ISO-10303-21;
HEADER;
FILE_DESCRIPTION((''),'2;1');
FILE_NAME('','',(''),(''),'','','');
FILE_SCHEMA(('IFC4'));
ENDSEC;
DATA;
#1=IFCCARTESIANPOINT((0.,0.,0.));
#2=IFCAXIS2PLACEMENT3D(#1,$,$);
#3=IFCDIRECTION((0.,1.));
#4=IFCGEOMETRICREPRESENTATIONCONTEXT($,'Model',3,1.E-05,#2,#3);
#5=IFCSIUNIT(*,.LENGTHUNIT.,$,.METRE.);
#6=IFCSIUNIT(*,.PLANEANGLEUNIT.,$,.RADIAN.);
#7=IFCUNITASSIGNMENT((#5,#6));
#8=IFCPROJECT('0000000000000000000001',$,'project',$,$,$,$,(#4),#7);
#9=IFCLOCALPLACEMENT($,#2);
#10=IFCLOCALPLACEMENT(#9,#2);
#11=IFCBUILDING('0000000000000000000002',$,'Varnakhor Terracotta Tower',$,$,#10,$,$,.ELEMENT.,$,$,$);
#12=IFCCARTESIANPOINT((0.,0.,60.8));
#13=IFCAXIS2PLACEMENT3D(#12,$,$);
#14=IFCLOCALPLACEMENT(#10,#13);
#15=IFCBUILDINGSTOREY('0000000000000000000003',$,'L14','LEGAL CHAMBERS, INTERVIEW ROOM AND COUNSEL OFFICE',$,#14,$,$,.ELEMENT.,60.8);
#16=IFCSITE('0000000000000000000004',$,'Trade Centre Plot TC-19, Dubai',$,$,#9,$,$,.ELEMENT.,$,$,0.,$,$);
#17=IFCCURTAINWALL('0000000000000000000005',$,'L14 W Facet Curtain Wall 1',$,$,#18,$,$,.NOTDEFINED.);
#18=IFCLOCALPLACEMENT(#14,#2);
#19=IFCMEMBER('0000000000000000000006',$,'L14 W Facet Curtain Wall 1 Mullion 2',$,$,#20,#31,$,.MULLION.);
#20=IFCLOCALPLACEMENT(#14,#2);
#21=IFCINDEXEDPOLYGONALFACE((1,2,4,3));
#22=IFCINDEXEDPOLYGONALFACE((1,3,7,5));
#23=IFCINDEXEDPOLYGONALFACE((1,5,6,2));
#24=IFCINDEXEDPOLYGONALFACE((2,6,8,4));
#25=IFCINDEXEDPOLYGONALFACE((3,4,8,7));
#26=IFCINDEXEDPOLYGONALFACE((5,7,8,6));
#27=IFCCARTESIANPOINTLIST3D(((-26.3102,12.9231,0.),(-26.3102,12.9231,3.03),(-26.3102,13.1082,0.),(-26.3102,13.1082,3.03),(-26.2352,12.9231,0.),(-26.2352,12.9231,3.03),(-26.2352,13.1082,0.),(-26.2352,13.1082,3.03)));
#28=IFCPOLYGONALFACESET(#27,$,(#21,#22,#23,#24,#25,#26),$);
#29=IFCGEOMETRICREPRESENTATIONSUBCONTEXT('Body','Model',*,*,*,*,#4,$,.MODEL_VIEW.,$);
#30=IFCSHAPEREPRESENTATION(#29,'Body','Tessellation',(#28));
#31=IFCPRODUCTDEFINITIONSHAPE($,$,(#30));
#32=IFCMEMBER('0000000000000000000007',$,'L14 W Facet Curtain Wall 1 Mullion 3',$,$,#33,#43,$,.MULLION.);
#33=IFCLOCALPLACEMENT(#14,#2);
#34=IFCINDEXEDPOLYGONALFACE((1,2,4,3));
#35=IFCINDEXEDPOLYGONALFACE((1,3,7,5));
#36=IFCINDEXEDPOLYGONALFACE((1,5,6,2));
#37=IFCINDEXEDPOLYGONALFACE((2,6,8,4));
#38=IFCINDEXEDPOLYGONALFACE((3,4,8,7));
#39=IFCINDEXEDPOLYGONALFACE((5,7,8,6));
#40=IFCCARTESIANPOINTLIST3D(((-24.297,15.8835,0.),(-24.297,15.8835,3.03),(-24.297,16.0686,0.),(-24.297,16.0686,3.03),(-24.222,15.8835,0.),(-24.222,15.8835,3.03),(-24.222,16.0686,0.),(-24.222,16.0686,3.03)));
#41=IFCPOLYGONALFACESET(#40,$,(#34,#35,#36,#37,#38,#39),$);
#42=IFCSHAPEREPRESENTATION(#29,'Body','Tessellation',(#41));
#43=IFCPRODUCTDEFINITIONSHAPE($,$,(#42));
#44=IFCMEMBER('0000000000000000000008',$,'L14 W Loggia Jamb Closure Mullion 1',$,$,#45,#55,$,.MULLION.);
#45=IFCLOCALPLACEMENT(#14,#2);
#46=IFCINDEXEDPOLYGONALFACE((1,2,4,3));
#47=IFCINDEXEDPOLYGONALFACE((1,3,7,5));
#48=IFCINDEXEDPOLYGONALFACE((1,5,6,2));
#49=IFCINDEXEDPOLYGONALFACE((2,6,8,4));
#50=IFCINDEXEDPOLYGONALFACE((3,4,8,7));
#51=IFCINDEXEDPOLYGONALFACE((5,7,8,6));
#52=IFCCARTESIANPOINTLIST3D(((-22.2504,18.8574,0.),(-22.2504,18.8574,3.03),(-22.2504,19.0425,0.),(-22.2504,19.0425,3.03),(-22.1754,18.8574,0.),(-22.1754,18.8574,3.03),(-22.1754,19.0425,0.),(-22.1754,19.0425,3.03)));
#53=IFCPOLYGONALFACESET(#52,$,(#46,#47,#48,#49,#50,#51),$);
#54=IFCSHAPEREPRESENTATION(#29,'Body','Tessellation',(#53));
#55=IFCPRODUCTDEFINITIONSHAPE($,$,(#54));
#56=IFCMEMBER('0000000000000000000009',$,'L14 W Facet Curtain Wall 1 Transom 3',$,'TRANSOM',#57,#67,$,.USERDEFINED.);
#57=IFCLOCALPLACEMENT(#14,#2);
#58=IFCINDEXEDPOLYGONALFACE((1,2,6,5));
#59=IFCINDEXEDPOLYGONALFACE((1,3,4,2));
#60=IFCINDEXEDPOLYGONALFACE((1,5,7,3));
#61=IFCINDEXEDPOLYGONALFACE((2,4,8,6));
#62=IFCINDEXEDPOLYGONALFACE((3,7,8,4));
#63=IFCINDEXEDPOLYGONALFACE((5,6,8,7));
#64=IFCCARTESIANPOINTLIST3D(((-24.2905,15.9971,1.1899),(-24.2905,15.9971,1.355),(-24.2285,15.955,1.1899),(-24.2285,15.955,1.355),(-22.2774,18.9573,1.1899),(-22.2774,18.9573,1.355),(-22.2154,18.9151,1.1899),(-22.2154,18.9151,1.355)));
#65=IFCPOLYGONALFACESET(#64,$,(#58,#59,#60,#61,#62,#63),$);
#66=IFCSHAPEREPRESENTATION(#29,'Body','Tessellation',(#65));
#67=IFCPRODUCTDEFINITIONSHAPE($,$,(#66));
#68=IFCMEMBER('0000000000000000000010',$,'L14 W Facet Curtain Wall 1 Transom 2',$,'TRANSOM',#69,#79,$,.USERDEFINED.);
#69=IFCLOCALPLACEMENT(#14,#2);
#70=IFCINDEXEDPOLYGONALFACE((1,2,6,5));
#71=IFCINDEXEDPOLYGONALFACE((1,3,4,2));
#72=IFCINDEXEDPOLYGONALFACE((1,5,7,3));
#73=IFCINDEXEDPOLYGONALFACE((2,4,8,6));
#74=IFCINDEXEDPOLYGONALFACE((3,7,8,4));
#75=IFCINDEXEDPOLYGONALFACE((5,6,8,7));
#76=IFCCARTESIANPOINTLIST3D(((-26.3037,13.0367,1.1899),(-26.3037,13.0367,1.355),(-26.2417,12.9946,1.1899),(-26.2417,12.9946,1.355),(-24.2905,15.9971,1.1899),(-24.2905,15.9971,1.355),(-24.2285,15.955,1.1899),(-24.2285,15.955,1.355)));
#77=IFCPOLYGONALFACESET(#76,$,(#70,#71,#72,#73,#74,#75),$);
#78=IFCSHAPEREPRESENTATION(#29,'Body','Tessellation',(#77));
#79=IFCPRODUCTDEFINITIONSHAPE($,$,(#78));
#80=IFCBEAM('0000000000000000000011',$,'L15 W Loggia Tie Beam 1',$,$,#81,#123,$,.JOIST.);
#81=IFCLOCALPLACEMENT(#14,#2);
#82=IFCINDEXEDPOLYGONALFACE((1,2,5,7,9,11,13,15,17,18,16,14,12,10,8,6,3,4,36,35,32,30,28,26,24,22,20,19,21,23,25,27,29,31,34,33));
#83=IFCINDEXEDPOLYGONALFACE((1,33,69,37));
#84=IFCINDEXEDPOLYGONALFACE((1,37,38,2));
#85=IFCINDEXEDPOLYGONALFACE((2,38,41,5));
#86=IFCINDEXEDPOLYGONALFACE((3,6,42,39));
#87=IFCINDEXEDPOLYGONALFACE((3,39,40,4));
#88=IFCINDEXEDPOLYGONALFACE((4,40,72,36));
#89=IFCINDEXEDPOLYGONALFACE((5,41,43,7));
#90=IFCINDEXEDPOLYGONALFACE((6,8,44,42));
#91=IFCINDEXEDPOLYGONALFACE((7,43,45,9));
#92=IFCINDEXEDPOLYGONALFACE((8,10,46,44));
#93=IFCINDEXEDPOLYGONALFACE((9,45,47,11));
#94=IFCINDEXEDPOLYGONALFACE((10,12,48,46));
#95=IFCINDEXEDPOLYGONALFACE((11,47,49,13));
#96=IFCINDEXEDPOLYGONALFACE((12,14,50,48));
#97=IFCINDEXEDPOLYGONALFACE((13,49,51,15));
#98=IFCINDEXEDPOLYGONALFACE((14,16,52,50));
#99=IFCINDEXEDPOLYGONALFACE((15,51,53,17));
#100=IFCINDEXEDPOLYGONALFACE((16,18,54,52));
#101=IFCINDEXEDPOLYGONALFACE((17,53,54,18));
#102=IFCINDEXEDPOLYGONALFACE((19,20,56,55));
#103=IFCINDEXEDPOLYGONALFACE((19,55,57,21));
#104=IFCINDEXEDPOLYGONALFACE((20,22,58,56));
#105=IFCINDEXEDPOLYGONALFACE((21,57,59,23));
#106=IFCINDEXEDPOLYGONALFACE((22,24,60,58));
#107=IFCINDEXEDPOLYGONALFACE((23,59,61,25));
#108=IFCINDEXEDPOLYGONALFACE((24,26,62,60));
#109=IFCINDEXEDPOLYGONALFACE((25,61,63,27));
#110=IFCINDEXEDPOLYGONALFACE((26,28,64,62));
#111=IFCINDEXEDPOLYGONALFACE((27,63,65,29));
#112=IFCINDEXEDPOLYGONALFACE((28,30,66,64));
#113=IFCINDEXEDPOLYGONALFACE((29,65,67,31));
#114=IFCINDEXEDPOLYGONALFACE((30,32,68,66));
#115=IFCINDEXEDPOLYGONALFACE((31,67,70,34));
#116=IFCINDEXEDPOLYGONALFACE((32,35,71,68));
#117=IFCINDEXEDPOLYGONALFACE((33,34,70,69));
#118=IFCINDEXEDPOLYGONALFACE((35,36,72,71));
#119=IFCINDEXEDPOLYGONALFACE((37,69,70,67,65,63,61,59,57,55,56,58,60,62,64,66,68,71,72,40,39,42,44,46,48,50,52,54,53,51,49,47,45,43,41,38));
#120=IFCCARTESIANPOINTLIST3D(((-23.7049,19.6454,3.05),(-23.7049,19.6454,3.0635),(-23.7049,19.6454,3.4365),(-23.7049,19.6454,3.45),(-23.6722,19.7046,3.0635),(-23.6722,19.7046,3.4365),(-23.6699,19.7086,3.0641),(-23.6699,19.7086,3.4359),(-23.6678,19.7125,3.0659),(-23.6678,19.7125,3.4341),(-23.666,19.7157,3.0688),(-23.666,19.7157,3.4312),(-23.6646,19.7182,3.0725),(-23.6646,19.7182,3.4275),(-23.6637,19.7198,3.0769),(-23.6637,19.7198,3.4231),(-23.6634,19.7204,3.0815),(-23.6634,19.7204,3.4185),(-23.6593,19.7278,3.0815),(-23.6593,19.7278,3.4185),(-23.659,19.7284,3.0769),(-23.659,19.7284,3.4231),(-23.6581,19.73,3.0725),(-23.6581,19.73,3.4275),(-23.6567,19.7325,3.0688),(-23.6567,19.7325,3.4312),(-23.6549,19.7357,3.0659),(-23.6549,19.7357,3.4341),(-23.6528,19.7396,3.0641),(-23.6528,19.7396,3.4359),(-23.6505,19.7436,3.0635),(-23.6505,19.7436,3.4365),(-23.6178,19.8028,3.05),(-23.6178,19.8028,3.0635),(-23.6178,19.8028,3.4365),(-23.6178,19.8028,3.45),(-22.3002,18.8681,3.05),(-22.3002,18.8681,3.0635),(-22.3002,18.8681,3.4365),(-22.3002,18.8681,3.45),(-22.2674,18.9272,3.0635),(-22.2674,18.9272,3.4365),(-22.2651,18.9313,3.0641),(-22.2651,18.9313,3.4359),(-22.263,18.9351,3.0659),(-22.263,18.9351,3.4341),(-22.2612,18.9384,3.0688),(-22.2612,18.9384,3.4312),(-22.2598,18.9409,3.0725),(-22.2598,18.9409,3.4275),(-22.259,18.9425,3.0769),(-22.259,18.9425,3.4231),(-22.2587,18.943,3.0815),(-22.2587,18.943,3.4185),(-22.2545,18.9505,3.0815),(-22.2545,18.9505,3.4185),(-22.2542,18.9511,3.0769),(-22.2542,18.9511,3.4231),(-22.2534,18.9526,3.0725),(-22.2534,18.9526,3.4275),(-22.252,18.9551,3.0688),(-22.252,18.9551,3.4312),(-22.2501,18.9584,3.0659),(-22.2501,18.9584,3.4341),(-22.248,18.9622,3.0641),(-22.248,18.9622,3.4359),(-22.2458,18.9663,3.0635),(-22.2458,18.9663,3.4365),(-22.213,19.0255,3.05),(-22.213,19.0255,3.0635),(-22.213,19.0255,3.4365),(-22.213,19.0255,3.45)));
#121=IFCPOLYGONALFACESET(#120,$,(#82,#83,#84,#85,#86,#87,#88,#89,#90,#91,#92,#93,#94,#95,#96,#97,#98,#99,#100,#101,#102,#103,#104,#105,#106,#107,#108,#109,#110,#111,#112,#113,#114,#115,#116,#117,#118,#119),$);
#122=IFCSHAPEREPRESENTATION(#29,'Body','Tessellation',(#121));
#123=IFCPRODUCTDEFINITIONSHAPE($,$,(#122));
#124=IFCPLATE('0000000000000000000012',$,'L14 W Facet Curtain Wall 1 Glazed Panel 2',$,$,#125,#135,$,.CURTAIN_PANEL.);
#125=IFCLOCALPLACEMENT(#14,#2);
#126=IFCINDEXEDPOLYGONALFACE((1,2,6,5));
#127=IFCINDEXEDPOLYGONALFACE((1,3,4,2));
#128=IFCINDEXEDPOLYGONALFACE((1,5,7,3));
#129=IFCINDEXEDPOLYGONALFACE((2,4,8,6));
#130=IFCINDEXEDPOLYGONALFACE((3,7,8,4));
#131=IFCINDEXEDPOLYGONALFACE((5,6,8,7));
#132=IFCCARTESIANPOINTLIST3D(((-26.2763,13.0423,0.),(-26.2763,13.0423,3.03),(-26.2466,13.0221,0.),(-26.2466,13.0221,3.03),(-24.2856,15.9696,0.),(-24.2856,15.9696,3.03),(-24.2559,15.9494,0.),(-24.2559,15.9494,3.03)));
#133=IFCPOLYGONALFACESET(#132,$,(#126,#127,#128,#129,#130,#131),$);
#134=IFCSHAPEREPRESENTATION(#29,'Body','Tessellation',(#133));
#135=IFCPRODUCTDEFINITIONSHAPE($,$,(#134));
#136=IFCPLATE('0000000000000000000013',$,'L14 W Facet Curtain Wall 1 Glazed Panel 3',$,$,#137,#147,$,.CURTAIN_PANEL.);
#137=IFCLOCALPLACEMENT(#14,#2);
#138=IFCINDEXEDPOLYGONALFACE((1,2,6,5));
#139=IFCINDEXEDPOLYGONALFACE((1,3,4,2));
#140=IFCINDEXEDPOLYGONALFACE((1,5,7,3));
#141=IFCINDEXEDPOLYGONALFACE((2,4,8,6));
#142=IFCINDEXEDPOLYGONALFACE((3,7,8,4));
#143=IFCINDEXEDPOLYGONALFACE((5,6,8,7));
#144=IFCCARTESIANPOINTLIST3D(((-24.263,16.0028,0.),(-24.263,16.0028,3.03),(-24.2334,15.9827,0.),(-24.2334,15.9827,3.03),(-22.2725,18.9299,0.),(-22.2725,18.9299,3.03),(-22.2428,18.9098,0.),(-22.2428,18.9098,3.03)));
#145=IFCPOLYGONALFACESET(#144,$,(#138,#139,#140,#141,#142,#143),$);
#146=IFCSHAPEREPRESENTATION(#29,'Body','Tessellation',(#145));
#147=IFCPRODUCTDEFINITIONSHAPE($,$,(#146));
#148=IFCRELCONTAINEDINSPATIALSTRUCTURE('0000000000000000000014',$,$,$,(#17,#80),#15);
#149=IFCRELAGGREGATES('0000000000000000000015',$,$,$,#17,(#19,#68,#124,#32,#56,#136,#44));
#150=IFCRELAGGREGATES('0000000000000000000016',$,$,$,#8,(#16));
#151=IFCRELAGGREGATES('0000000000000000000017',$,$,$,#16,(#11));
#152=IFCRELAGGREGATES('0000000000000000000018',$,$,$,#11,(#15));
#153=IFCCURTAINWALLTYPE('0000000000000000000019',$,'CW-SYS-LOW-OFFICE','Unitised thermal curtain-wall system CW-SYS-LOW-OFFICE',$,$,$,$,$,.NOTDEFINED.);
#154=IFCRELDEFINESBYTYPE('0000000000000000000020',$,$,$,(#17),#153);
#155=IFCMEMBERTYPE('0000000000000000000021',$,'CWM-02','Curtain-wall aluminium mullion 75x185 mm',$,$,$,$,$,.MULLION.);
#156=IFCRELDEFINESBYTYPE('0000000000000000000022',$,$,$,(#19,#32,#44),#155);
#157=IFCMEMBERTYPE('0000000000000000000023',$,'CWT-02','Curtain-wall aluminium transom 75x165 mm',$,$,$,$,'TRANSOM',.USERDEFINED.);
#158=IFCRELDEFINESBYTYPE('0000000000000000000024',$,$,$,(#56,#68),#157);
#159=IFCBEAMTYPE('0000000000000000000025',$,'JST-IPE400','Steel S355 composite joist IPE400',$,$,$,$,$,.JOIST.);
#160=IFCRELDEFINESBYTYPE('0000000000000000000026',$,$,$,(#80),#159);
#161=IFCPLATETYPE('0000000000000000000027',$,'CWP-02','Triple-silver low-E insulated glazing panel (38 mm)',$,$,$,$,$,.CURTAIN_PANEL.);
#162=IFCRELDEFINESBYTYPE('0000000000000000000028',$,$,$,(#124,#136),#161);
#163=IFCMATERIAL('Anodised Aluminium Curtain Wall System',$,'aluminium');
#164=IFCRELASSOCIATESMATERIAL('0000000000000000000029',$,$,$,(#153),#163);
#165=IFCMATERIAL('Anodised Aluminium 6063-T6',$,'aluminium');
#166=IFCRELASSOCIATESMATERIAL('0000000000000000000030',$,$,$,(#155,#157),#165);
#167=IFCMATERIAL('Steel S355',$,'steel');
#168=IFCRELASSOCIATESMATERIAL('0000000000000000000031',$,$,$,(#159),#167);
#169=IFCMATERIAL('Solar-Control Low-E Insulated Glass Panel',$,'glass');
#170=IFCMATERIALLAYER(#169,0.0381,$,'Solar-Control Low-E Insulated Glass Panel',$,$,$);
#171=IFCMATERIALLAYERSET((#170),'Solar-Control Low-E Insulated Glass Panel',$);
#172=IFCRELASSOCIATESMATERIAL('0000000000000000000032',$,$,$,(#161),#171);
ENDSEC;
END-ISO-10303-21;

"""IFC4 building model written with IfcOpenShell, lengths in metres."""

from ifc_helpers import new_model, si_unit, direction, frame, origin, origin_2d, place, context, subcontext, project, spatial, rectangle, i_section, extrude, source, transform, mapped, material, layer, layer_set, material_profile, profile_set, type_object, type_shapes, element, aggregate, save


model = new_model("IFC4")

# Units and contexts
model_context = context("Model", 3, precision=1e-05, world=origin(), true_north=direction((0.0, 1.0)))
body_context = subcontext(model_context, "Body", "Model", "MODEL_VIEW")
ifc_project = project(units=[si_unit("LENGTHUNIT", "METRE"), si_unit("PLANEANGLEUNIT", "RADIAN")], contexts=[model_context])

# Site, building, storey
site_placement = place(None, origin())
site = spatial("IfcSite", under=ifc_project, at=site_placement, Name="Trade Centre Plot TC-19, Dubai", CompositionType="ELEMENT", RefElevation=0.0)
building_placement = place(site_placement, origin())
building = spatial("IfcBuilding", under=site, at=building_placement, Name="Varnakhor Terracotta Tower", CompositionType="ELEMENT")
storey_placement = place(building_placement, frame((0.0, 0.0, 60.8)))
storey = spatial("IfcBuildingStorey", under=building, at=storey_placement, Name="L14", Description="LEGAL CHAMBERS, INTERVIEW ROOM AND COUNSEL OFFICE", CompositionType="ELEMENT", Elevation=60.8)

# Shared definitions
ifc_material_1 = material(Name="Steel S355", Category="steel")

# Curtain wall, members
ifc_material_2 = material(Name="Anodised Aluminium Curtain Wall System", Category="aluminium")
curtain_wall_type = type_object("IfcCurtainWallType", Name="CW-SYS-LOW-OFFICE", Description="Unitised thermal curtain-wall system CW-SYS-LOW-OFFICE", PredefinedType="NOTDEFINED", material=ifc_material_2)
curtain_wall_placement = place(storey_placement, origin())
curtain_wall = element("IfcCurtainWall", 1, at=curtain_wall_placement, inside=storey, type_object=curtain_wall_type, Name="L14 W Facet Curtain Wall 1", PredefinedType="NOTDEFINED")
ifc_material_3 = material(Name="Anodised Aluminium 6063-T6", Category="aluminium")
ifc_material_profile_1 = material_profile(ifc_material_3, rectangle(XDim=0.075, YDim=0.1851, at=origin_2d()), Name="ALU MULLION 75x185")
ifc_profile_set_1 = profile_set([ifc_material_profile_1], Name="Anodised Aluminium 6063-T6")
member_type_1 = type_object("IfcMemberType", Name="CWM-02", Description="Curtain-wall aluminium mullion 75x185 mm", PredefinedType="MULLION", material=ifc_profile_set_1)
shared_shape_1 = source(origin(), body_context, "Body", "SweptSolid", [
    extrude(rectangle(XDim=0.075, YDim=0.1851, at=origin_2d()), origin(), (0.0, 0.0, 1.0), 3.03),
])
type_shapes(member_type_1, [shared_shape_1])
member_1_placement = place(storey_placement, frame((-26.2727, 13.0156, 0.0), z_axis=(0.0, 0.0, 1.0), x_axis=(1.0, 0.0, 0.0)))
member_1 = element("IfcMember", 2, at=member_1_placement, type_object=member_type_1, Name="L14 W Facet Curtain Wall 1 Mullion 2", PredefinedType="MULLION", context=body_context, shape_type="MappedRepresentation", body=[
    mapped(shared_shape_1, transform((0.0, 0.0, 0.0), scale=1.0)),
])
member_2_placement = place(storey_placement, frame((-24.2595, 15.9761, 0.0), z_axis=(0.0, 0.0, 1.0), x_axis=(1.0, 0.0, 0.0)))
member_2 = element("IfcMember", 3, at=member_2_placement, type_object=member_type_1, Name="L14 W Facet Curtain Wall 1 Mullion 3", PredefinedType="MULLION", context=body_context, shape_type="MappedRepresentation", body=[
    mapped(shared_shape_1, transform((0.0, 0.0, 0.0), scale=1.0)),
])
member_3_placement = place(storey_placement, frame((-22.2129, 18.95, 0.0), z_axis=(0.0, 0.0, 1.0), x_axis=(1.0, 0.0, 0.0)))
member_3 = element("IfcMember", 4, at=member_3_placement, type_object=member_type_1, Name="L14 W Loggia Jamb Closure Mullion 1", PredefinedType="MULLION", context=body_context, shape_type="MappedRepresentation", body=[
    mapped(shared_shape_1, transform((0.0, 0.0, 0.0), scale=1.0)),
])
ifc_material_profile_2 = material_profile(ifc_material_3, rectangle(XDim=0.075, YDim=0.165, at=origin_2d()), Name="ALU TRANSOM 75x165")
ifc_profile_set_2 = profile_set([ifc_material_profile_2], Name="Anodised Aluminium 6063-T6")
member_type_2 = type_object("IfcMemberType", Name="CWT-02", Description="Curtain-wall aluminium transom 75x165 mm", ElementType="TRANSOM", PredefinedType="USERDEFINED", material=ifc_profile_set_2)
shared_shape_2 = source(origin(), body_context, "Body", "SweptSolid", [
    extrude(rectangle(XDim=0.075, YDim=0.165, at=origin_2d()), origin(), (0.0, 0.0, 1.0), 3.5798),
])
member_4_placement = place(storey_placement, frame((-24.2595, 15.9761, 1.2725), z_axis=(0.562357, 0.826895, 0.0), x_axis=(-0.826895, 0.562357, 0.0)))
member_4 = element("IfcMember", 5, at=member_4_placement, type_object=member_type_2, Name="L14 W Facet Curtain Wall 1 Transom 3", ObjectType="TRANSOM", PredefinedType="USERDEFINED", context=body_context, shape_type="MappedRepresentation", body=[
    mapped(shared_shape_2, transform((0.0, 0.0, 0.0), scale=1.0)),
])
shared_shape_3 = source(origin(), body_context, "Body", "SweptSolid", [
    extrude(rectangle(XDim=0.075, YDim=0.165, at=origin_2d()), origin(), (0.0, 0.0, 1.0), 3.5801),
])
member_5_placement = place(storey_placement, frame((-26.2727, 13.0156, 1.2725), z_axis=(0.562325, 0.826916, 0.0), x_axis=(-0.826916, 0.562325, 0.0)))
member_5 = element("IfcMember", 6, at=member_5_placement, type_object=member_type_2, Name="L14 W Facet Curtain Wall 1 Transom 2", ObjectType="TRANSOM", PredefinedType="USERDEFINED", context=body_context, shape_type="MappedRepresentation", body=[
    mapped(shared_shape_3, transform((0.0, 0.0, 0.0), scale=1.0)),
])

# Beam
ifc_material_profile_3 = material_profile(ifc_material_1, i_section(OverallWidth=0.1799, OverallDepth=0.3999, WebThickness=0.0085, FlangeThickness=0.0134, FilletRadius=0.0181, at=origin_2d()), Name="IPE400")
ifc_profile_set_3 = profile_set([ifc_material_profile_3], Name="Steel S355")
beam_type_1 = type_object("IfcBeamType", Name="JST-IPE400", Description="Steel S355 composite joist IPE400", PredefinedType="JOIST", material=ifc_profile_set_3)
shared_shape_4 = source(origin(), body_context, "Body", "SweptSolid", [
    extrude(i_section(OverallWidth=0.1799, OverallDepth=0.3999, WebThickness=0.0085, FlangeThickness=0.0134, FilletRadius=0.0181, at=origin_2d()), origin(), (0.0, 0.0, 1.0), 1.6055),
])
beam_1_placement = place(storey_placement, frame((-22.2566, 18.9468, 3.25), z_axis=(-0.874974, 0.48417, 0.0), x_axis=(-0.48417, -0.874974, 0.0)))
element("IfcBeam", 7, at=beam_1_placement, inside=storey, type_object=beam_type_1, Name="L15 W Loggia Tie Beam 1", PredefinedType="JOIST", context=body_context, shape_type="MappedRepresentation", body=[
    mapped(shared_shape_4, transform((0.0, 0.0, 0.0), scale=1.0)),
])

# Plates
ifc_material_4 = material(Name="Solar-Control Low-E Insulated Glass Panel", Category="glass")
ifc_layer_1 = layer(ifc_material_4, 0.0381, Name="Solar-Control Low-E Insulated Glass Panel")
ifc_layer_set_1 = layer_set([ifc_layer_1], Name="Solar-Control Low-E Insulated Glass Panel")
plate_type = type_object("IfcPlateType", Name="CWP-02", Description="Triple-silver low-E insulated glazing panel (38 mm)", PredefinedType="CURTAIN_PANEL", material=ifc_layer_set_1)
shared_shape_5 = source(origin(), body_context, "Body", "SweptSolid", [
    extrude(rectangle(XDim=3.54, YDim=0.0359, at=origin_2d()), origin(), (0.0, 0.0, 1.0), 3.03),
])
plate_1_placement = place(storey_placement, frame((-25.2661, 14.4958, 0.0), z_axis=(0.0, 0.0, 1.0), x_axis=(0.562329, 0.826914, 0.0)))
plate_1 = element("IfcPlate", 8, at=plate_1_placement, type_object=plate_type, Name="L14 W Facet Curtain Wall 1 Glazed Panel 2", PredefinedType="CURTAIN_PANEL", context=body_context, shape_type="MappedRepresentation", body=[
    mapped(shared_shape_5, transform((0.0, 0.0, 0.0), scale=1.0)),
])
shared_shape_6 = source(origin(), body_context, "Body", "SweptSolid", [
    extrude(rectangle(XDim=3.5398, YDim=0.0359, at=origin_2d()), origin(), (0.0, 0.0, 1.0), 3.03),
])
plate_2_placement = place(storey_placement, frame((-23.2529, 17.4563, 0.0), z_axis=(0.0, 0.0, 1.0), x_axis=(0.562329, 0.826914, 0.0)))
plate_2 = element("IfcPlate", 9, at=plate_2_placement, type_object=plate_type, Name="L14 W Facet Curtain Wall 1 Glazed Panel 3", PredefinedType="CURTAIN_PANEL", context=body_context, shape_type="MappedRepresentation", body=[
    mapped(shared_shape_6, transform((0.0, 0.0, 0.0), scale=1.0)),
])
aggregate(curtain_wall, [member_1, member_5, plate_1, member_2, member_4, plate_2, member_3])

save(model, "model.ifc")
